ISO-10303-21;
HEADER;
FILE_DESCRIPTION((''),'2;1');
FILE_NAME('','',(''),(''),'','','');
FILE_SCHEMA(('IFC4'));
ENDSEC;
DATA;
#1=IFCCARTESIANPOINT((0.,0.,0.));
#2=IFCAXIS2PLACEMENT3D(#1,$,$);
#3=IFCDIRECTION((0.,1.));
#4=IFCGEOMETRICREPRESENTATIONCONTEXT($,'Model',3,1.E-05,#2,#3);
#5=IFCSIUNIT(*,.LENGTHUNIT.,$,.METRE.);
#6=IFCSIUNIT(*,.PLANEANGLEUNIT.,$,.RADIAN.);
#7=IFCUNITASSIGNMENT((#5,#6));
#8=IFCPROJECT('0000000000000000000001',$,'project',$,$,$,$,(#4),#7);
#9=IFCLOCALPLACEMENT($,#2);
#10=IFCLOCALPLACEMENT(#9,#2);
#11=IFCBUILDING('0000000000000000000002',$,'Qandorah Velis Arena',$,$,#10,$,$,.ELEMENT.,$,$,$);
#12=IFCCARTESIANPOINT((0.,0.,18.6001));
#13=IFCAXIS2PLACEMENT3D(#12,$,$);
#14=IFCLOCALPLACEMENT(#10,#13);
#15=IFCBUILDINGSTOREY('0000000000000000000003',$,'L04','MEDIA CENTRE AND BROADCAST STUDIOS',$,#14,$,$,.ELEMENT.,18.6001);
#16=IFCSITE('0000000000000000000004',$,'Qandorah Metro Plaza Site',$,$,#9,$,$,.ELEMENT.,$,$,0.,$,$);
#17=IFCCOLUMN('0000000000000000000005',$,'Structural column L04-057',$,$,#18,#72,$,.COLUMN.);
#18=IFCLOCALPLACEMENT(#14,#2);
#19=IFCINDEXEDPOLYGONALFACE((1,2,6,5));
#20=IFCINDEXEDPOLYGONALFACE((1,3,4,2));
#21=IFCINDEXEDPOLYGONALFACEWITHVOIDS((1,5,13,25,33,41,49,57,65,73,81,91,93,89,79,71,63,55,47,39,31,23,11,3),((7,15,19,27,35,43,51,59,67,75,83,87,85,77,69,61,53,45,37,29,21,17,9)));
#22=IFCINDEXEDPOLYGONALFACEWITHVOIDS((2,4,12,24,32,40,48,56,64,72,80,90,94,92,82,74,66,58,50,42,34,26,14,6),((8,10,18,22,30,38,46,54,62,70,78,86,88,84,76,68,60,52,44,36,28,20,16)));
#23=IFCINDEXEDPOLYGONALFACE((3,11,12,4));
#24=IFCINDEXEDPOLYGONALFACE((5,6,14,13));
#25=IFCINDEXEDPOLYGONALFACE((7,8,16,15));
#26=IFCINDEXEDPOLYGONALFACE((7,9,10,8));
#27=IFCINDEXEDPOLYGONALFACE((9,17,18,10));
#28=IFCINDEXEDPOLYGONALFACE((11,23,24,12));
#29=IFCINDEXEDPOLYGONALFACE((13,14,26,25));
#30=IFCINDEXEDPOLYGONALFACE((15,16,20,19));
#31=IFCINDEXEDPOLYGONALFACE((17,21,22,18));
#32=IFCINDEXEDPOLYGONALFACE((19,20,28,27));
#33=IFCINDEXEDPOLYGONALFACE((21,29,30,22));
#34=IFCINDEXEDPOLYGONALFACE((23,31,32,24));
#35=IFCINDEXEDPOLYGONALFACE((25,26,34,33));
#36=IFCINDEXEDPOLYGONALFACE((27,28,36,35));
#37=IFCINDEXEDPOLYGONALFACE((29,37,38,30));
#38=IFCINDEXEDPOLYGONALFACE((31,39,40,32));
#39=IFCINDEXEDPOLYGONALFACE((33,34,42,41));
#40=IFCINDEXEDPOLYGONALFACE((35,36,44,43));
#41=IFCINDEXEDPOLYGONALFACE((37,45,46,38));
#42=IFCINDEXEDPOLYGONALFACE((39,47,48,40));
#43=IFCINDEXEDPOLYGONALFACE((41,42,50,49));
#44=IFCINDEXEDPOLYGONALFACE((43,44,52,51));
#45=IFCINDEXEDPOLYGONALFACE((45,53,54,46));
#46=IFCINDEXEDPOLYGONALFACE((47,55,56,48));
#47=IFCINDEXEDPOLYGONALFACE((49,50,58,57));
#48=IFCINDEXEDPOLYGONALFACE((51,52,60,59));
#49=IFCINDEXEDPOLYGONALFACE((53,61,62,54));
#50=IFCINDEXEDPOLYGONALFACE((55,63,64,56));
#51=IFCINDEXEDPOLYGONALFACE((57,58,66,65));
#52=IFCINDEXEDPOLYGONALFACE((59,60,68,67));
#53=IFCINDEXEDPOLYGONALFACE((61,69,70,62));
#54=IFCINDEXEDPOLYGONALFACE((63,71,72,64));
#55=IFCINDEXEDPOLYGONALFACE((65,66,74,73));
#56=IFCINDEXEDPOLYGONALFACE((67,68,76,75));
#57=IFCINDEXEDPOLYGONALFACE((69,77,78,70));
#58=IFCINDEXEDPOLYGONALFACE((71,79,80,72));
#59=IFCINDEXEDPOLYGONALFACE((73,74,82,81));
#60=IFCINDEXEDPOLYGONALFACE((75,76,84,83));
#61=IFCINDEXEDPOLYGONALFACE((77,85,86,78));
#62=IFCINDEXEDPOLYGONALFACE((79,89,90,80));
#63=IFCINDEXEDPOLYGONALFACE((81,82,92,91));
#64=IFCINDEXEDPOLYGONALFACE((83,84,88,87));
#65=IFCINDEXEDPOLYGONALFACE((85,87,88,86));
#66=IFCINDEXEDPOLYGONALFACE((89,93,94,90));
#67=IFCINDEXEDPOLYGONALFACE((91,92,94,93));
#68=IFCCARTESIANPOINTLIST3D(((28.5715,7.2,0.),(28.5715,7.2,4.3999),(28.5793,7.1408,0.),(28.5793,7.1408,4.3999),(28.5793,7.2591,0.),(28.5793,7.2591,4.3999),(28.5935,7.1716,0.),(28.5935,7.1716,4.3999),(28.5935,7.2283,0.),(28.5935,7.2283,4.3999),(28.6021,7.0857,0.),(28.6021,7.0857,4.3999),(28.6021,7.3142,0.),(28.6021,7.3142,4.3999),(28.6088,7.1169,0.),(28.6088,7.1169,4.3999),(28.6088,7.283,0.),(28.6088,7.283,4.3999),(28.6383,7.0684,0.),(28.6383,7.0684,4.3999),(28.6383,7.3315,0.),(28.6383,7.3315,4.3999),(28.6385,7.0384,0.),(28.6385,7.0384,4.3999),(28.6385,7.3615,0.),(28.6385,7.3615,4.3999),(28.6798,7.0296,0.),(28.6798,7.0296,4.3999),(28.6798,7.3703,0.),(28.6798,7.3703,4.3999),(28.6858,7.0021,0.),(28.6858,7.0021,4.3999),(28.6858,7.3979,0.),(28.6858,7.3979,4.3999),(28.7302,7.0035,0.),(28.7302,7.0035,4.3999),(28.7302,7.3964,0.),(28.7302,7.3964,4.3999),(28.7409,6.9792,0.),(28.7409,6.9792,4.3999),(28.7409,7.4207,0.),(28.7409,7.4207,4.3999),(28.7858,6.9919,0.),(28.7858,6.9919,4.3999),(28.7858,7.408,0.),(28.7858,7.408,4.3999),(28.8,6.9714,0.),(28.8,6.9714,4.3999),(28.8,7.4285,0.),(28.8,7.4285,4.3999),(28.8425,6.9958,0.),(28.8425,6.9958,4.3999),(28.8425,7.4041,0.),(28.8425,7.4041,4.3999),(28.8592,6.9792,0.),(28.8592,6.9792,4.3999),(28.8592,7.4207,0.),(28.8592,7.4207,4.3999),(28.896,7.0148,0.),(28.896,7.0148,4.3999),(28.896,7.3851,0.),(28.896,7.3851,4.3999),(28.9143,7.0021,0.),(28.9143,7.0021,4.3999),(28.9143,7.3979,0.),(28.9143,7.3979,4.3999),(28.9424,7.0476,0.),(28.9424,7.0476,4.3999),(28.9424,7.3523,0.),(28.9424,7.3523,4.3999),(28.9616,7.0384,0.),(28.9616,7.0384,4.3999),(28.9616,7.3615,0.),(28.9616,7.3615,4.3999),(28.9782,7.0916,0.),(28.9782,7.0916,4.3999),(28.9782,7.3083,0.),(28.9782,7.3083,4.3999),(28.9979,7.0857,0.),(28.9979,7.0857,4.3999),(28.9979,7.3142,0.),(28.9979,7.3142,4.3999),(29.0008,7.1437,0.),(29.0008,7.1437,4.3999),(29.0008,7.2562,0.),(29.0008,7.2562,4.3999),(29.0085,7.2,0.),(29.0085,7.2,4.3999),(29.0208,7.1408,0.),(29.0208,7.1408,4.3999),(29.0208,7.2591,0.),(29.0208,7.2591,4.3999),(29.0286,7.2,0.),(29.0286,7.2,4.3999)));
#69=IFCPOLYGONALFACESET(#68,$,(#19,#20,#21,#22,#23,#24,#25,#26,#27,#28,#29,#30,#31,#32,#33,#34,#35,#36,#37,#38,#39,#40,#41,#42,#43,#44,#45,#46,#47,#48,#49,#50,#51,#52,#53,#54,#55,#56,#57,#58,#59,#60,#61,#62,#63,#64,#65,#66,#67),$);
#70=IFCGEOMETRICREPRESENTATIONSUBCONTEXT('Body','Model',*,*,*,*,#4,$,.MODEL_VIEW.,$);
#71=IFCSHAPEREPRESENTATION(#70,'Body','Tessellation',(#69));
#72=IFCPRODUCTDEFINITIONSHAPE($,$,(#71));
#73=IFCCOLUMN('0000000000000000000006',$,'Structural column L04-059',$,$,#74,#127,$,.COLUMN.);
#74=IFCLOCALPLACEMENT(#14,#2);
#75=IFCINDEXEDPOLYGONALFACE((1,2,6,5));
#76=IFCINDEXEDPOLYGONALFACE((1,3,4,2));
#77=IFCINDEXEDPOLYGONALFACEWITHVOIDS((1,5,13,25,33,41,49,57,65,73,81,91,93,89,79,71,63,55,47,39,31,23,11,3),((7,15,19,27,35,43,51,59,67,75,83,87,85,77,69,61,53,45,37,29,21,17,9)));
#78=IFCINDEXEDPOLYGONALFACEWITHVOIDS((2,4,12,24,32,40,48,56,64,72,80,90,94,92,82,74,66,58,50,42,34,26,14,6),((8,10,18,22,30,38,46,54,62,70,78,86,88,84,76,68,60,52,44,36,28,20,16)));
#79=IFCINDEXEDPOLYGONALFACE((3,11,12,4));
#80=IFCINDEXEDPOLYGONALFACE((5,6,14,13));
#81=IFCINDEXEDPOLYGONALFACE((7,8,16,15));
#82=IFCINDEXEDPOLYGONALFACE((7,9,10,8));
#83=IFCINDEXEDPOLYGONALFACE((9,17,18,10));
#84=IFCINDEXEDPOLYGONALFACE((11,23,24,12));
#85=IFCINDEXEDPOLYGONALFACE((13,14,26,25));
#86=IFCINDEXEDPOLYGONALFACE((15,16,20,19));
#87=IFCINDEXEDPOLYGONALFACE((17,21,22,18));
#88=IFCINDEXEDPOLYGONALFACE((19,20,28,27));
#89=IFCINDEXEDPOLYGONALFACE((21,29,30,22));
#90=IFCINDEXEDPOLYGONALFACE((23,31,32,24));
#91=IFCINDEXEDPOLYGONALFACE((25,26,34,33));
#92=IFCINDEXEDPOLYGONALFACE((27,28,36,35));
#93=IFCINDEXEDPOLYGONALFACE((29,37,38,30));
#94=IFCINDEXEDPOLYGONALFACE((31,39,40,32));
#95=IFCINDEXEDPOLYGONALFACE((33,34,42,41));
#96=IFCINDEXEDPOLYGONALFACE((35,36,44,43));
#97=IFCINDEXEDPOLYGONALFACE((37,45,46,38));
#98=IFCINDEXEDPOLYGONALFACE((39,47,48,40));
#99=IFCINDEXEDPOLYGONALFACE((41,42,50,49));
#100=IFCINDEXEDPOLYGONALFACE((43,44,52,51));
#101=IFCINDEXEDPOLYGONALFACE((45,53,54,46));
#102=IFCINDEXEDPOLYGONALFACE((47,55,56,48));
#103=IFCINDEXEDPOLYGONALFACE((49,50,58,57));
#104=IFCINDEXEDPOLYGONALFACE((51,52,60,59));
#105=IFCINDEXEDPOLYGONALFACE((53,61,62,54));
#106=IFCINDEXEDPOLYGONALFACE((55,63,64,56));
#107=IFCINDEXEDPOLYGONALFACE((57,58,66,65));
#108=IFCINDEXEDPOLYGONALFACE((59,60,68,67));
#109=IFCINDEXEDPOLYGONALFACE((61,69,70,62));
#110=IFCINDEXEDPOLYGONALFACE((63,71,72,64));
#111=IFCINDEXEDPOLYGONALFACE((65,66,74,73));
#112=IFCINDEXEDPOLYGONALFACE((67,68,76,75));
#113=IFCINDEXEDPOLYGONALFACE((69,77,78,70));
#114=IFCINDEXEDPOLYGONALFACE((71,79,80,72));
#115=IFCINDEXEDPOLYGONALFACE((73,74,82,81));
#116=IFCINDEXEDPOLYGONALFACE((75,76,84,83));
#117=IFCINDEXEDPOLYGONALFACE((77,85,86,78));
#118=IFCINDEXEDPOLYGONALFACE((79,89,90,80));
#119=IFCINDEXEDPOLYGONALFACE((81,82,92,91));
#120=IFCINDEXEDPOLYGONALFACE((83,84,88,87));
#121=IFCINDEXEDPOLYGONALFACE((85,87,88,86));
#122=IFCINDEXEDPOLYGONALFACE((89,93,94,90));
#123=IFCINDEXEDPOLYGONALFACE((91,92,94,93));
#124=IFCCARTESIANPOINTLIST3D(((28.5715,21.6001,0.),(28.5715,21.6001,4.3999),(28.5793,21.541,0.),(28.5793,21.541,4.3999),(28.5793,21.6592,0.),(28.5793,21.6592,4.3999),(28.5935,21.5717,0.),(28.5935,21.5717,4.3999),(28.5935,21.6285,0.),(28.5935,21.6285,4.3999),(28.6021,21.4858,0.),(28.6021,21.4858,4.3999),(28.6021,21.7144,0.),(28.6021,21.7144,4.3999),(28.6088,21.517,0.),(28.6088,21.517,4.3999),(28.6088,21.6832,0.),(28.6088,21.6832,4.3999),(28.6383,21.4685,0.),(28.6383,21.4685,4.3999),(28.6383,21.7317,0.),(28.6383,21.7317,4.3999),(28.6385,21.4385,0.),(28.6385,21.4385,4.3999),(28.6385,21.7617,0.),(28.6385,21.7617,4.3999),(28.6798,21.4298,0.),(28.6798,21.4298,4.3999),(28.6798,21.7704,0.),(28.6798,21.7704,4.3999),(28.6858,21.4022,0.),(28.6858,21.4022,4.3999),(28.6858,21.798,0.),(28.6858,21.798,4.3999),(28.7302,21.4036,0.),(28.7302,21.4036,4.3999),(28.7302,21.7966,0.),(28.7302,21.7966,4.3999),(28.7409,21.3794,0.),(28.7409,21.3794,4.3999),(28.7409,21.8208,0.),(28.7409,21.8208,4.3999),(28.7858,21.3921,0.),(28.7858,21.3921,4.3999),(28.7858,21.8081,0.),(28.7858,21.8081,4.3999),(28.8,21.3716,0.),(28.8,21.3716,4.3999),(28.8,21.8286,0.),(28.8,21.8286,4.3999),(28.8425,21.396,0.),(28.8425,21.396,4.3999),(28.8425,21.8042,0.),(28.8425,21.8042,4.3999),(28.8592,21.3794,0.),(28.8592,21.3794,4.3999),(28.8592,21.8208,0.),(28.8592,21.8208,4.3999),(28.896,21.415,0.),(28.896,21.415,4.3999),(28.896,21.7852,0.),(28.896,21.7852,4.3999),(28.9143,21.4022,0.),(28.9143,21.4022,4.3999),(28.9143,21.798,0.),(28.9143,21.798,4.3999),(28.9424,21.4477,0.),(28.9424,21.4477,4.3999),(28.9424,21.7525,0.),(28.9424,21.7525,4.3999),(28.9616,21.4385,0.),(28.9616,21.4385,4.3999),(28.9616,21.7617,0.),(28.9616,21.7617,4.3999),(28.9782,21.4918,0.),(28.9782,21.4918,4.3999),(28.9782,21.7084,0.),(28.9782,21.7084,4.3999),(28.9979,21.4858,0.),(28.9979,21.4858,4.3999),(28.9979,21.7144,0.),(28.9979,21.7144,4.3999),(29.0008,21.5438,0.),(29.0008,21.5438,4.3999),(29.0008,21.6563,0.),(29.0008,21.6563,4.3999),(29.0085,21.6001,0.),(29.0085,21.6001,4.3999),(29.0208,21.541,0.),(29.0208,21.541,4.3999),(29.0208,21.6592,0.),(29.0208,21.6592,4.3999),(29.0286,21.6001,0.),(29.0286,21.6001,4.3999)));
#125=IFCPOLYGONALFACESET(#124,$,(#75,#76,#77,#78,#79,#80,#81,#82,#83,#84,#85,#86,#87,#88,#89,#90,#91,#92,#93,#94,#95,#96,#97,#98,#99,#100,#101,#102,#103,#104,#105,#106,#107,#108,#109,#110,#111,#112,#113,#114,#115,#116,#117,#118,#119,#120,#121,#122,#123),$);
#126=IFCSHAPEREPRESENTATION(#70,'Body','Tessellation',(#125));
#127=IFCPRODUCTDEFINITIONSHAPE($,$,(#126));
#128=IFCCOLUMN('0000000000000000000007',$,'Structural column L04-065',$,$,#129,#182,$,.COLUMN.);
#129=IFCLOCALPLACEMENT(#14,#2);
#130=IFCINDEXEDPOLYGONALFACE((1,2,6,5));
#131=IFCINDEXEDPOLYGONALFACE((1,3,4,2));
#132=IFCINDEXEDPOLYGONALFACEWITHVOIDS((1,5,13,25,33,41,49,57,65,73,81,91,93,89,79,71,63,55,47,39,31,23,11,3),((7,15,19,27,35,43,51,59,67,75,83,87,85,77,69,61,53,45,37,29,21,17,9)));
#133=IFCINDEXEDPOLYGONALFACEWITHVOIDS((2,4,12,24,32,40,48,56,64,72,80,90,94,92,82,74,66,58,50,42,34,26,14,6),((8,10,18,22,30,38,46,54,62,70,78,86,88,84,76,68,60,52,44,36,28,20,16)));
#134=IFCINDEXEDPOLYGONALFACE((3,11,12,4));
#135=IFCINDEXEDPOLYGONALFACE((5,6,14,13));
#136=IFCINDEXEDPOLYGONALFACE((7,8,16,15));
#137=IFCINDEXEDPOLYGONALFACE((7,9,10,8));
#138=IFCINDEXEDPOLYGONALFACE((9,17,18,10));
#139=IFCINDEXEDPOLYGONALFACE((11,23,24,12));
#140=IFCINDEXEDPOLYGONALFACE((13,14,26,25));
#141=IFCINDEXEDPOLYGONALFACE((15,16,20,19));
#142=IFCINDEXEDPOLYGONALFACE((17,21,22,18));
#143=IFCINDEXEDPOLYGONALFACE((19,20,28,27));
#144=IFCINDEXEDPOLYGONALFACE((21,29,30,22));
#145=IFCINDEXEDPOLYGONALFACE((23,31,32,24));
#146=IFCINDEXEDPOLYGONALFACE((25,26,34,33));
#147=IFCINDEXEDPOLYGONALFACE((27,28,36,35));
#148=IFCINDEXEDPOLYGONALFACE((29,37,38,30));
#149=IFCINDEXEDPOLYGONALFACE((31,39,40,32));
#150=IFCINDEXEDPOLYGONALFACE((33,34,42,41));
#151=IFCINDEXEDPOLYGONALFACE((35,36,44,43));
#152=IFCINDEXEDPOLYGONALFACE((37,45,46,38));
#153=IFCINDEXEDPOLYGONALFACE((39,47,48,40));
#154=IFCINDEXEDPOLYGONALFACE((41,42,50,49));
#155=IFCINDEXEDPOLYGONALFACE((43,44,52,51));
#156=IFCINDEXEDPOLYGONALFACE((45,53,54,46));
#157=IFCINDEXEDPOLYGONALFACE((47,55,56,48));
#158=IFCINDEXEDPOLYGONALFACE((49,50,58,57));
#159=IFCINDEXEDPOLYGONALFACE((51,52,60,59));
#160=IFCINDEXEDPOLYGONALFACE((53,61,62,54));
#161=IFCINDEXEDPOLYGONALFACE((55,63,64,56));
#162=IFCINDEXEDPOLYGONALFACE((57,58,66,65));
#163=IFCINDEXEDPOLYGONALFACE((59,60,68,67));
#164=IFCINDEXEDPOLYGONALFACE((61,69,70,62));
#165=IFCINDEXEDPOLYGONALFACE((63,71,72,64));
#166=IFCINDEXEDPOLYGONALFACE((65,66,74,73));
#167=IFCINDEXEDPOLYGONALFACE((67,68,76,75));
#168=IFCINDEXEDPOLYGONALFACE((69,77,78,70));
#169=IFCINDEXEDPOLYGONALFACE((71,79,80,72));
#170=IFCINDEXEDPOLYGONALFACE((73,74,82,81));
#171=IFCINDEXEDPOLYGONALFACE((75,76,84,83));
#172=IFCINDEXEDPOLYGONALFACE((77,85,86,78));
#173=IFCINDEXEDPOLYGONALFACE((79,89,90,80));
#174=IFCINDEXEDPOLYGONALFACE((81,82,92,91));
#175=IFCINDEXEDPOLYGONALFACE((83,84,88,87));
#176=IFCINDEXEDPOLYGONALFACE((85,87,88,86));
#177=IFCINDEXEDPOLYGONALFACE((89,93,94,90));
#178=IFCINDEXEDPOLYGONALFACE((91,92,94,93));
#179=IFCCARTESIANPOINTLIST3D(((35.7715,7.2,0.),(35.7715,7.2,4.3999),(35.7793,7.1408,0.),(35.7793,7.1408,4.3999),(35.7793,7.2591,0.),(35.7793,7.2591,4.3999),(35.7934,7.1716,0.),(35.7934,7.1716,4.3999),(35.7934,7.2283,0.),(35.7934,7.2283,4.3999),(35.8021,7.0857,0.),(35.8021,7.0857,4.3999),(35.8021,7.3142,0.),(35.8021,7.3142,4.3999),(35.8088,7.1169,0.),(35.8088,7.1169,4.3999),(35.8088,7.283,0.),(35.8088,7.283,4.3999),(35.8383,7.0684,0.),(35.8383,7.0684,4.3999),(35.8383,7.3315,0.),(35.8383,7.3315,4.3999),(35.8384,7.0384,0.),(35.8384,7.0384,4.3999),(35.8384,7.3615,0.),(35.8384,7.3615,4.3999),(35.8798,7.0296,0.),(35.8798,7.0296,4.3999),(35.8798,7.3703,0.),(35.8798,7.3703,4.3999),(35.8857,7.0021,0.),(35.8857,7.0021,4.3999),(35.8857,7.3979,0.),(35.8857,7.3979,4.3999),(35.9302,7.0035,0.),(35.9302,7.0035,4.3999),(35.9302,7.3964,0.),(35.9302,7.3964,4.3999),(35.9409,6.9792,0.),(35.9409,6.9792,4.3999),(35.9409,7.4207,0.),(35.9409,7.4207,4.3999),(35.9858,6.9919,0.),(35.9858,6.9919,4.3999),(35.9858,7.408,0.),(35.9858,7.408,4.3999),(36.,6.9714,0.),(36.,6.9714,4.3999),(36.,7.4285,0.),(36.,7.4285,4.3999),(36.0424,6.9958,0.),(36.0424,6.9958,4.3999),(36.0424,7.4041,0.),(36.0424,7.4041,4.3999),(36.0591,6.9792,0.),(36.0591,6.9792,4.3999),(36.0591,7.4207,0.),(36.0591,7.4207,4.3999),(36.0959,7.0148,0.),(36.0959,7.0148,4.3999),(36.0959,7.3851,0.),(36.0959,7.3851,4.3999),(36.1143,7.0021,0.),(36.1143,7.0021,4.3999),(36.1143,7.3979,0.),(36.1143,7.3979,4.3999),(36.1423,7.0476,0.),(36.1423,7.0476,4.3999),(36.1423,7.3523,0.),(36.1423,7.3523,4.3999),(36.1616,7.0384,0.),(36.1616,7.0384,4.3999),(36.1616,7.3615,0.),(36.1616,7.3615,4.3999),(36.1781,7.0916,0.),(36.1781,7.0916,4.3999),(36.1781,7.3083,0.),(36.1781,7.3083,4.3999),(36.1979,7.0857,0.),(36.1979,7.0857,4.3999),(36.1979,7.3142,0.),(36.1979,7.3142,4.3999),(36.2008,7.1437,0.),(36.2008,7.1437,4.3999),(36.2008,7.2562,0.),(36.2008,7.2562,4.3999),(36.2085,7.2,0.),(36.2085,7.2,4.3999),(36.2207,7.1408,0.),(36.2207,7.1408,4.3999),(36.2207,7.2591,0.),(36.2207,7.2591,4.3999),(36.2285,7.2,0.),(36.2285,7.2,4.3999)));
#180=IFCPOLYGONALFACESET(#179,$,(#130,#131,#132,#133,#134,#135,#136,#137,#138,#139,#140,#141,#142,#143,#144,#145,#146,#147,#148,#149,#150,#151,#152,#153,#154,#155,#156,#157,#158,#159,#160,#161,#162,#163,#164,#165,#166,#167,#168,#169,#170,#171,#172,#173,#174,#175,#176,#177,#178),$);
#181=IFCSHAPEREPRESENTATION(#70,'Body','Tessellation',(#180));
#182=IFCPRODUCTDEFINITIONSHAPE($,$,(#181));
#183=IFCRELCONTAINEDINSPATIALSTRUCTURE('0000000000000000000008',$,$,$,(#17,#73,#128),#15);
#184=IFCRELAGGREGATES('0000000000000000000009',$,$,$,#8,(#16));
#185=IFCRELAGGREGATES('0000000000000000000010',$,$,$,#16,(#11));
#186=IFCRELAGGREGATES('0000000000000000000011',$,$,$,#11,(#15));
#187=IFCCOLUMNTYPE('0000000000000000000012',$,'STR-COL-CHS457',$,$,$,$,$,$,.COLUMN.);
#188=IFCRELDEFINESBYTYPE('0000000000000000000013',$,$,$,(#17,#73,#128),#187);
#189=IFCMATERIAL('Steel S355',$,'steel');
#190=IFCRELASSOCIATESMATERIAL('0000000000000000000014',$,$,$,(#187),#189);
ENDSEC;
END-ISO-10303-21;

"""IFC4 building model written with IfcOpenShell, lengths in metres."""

from ifc_helpers import new_model, si_unit, direction, frame, origin, origin_2d, place, context, subcontext, project, spatial, hollow_circle, extrude, material, material_profile, profile_set, type_object, element, save


model = new_model("IFC4")

# Units and contexts
model_context = context("Model", 3, precision=1e-05, world=origin(), true_north=direction((0.0, 1.0)))
body_context = subcontext(model_context, "Body", "Model", "MODEL_VIEW")
ifc_project = project(units=[si_unit("LENGTHUNIT", "METRE"), si_unit("PLANEANGLEUNIT", "RADIAN")], contexts=[model_context])

# Site, building, storey
site_placement = place(None, origin())
site = spatial("IfcSite", under=ifc_project, at=site_placement, Name="Qandorah Metro Plaza Site", CompositionType="ELEMENT", RefElevation=0.0)
building_placement = place(site_placement, origin())
building = spatial("IfcBuilding", under=site, at=building_placement, Name="Qandorah Velis Arena", CompositionType="ELEMENT")
storey_placement = place(building_placement, frame((0.0, 0.0, 18.6001)))
storey = spatial("IfcBuildingStorey", under=building, at=storey_placement, Name="L04", Description="MEDIA CENTRE AND BROADCAST STUDIOS", CompositionType="ELEMENT", Elevation=18.6001)

# Columns
ifc_material_1 = material(Name="Steel S355", Category="steel")
ifc_material_profile_1 = material_profile(ifc_material_1, hollow_circle(Radius=0.2285, WallThickness=0.02, at=origin_2d()), Name="CHS 457x20")
ifc_profile_set_1 = profile_set([ifc_material_profile_1], Name="Steel S355")
column_type_1 = type_object("IfcColumnType", Name="STR-COL-CHS457", PredefinedType="COLUMN", material=ifc_profile_set_1)
for number, where, z_axis, x_axis, name in (
    (1, (28.8, 7.2, 0.0), (0.0, 0.0, 1.0), (1.0, 0.0, 0.0), "Structural column L04-057"),
    (2, (28.8, 21.6001, 0.0), (0.0, 0.0, 1.0), (1.0, 0.0, 0.0), "Structural column L04-059"),
    (3, (36.0, 7.2, 0.0), (0.0, 0.0, 1.0), (1.0, 0.0, 0.0), "Structural column L04-065"),
):
    element("IfcColumn", number, at=place(storey_placement, frame(where, z_axis=z_axis, x_axis=x_axis)), inside=storey, type_object=column_type_1, Name=name, PredefinedType="COLUMN", context=body_context, shape_type="SweptSolid", body=[
        extrude(hollow_circle(Radius=0.2285, WallThickness=0.02, at=origin_2d()), origin(), (0.0, 0.0, 1.0), 4.3999),
    ])

save(model, "model.ifc")
